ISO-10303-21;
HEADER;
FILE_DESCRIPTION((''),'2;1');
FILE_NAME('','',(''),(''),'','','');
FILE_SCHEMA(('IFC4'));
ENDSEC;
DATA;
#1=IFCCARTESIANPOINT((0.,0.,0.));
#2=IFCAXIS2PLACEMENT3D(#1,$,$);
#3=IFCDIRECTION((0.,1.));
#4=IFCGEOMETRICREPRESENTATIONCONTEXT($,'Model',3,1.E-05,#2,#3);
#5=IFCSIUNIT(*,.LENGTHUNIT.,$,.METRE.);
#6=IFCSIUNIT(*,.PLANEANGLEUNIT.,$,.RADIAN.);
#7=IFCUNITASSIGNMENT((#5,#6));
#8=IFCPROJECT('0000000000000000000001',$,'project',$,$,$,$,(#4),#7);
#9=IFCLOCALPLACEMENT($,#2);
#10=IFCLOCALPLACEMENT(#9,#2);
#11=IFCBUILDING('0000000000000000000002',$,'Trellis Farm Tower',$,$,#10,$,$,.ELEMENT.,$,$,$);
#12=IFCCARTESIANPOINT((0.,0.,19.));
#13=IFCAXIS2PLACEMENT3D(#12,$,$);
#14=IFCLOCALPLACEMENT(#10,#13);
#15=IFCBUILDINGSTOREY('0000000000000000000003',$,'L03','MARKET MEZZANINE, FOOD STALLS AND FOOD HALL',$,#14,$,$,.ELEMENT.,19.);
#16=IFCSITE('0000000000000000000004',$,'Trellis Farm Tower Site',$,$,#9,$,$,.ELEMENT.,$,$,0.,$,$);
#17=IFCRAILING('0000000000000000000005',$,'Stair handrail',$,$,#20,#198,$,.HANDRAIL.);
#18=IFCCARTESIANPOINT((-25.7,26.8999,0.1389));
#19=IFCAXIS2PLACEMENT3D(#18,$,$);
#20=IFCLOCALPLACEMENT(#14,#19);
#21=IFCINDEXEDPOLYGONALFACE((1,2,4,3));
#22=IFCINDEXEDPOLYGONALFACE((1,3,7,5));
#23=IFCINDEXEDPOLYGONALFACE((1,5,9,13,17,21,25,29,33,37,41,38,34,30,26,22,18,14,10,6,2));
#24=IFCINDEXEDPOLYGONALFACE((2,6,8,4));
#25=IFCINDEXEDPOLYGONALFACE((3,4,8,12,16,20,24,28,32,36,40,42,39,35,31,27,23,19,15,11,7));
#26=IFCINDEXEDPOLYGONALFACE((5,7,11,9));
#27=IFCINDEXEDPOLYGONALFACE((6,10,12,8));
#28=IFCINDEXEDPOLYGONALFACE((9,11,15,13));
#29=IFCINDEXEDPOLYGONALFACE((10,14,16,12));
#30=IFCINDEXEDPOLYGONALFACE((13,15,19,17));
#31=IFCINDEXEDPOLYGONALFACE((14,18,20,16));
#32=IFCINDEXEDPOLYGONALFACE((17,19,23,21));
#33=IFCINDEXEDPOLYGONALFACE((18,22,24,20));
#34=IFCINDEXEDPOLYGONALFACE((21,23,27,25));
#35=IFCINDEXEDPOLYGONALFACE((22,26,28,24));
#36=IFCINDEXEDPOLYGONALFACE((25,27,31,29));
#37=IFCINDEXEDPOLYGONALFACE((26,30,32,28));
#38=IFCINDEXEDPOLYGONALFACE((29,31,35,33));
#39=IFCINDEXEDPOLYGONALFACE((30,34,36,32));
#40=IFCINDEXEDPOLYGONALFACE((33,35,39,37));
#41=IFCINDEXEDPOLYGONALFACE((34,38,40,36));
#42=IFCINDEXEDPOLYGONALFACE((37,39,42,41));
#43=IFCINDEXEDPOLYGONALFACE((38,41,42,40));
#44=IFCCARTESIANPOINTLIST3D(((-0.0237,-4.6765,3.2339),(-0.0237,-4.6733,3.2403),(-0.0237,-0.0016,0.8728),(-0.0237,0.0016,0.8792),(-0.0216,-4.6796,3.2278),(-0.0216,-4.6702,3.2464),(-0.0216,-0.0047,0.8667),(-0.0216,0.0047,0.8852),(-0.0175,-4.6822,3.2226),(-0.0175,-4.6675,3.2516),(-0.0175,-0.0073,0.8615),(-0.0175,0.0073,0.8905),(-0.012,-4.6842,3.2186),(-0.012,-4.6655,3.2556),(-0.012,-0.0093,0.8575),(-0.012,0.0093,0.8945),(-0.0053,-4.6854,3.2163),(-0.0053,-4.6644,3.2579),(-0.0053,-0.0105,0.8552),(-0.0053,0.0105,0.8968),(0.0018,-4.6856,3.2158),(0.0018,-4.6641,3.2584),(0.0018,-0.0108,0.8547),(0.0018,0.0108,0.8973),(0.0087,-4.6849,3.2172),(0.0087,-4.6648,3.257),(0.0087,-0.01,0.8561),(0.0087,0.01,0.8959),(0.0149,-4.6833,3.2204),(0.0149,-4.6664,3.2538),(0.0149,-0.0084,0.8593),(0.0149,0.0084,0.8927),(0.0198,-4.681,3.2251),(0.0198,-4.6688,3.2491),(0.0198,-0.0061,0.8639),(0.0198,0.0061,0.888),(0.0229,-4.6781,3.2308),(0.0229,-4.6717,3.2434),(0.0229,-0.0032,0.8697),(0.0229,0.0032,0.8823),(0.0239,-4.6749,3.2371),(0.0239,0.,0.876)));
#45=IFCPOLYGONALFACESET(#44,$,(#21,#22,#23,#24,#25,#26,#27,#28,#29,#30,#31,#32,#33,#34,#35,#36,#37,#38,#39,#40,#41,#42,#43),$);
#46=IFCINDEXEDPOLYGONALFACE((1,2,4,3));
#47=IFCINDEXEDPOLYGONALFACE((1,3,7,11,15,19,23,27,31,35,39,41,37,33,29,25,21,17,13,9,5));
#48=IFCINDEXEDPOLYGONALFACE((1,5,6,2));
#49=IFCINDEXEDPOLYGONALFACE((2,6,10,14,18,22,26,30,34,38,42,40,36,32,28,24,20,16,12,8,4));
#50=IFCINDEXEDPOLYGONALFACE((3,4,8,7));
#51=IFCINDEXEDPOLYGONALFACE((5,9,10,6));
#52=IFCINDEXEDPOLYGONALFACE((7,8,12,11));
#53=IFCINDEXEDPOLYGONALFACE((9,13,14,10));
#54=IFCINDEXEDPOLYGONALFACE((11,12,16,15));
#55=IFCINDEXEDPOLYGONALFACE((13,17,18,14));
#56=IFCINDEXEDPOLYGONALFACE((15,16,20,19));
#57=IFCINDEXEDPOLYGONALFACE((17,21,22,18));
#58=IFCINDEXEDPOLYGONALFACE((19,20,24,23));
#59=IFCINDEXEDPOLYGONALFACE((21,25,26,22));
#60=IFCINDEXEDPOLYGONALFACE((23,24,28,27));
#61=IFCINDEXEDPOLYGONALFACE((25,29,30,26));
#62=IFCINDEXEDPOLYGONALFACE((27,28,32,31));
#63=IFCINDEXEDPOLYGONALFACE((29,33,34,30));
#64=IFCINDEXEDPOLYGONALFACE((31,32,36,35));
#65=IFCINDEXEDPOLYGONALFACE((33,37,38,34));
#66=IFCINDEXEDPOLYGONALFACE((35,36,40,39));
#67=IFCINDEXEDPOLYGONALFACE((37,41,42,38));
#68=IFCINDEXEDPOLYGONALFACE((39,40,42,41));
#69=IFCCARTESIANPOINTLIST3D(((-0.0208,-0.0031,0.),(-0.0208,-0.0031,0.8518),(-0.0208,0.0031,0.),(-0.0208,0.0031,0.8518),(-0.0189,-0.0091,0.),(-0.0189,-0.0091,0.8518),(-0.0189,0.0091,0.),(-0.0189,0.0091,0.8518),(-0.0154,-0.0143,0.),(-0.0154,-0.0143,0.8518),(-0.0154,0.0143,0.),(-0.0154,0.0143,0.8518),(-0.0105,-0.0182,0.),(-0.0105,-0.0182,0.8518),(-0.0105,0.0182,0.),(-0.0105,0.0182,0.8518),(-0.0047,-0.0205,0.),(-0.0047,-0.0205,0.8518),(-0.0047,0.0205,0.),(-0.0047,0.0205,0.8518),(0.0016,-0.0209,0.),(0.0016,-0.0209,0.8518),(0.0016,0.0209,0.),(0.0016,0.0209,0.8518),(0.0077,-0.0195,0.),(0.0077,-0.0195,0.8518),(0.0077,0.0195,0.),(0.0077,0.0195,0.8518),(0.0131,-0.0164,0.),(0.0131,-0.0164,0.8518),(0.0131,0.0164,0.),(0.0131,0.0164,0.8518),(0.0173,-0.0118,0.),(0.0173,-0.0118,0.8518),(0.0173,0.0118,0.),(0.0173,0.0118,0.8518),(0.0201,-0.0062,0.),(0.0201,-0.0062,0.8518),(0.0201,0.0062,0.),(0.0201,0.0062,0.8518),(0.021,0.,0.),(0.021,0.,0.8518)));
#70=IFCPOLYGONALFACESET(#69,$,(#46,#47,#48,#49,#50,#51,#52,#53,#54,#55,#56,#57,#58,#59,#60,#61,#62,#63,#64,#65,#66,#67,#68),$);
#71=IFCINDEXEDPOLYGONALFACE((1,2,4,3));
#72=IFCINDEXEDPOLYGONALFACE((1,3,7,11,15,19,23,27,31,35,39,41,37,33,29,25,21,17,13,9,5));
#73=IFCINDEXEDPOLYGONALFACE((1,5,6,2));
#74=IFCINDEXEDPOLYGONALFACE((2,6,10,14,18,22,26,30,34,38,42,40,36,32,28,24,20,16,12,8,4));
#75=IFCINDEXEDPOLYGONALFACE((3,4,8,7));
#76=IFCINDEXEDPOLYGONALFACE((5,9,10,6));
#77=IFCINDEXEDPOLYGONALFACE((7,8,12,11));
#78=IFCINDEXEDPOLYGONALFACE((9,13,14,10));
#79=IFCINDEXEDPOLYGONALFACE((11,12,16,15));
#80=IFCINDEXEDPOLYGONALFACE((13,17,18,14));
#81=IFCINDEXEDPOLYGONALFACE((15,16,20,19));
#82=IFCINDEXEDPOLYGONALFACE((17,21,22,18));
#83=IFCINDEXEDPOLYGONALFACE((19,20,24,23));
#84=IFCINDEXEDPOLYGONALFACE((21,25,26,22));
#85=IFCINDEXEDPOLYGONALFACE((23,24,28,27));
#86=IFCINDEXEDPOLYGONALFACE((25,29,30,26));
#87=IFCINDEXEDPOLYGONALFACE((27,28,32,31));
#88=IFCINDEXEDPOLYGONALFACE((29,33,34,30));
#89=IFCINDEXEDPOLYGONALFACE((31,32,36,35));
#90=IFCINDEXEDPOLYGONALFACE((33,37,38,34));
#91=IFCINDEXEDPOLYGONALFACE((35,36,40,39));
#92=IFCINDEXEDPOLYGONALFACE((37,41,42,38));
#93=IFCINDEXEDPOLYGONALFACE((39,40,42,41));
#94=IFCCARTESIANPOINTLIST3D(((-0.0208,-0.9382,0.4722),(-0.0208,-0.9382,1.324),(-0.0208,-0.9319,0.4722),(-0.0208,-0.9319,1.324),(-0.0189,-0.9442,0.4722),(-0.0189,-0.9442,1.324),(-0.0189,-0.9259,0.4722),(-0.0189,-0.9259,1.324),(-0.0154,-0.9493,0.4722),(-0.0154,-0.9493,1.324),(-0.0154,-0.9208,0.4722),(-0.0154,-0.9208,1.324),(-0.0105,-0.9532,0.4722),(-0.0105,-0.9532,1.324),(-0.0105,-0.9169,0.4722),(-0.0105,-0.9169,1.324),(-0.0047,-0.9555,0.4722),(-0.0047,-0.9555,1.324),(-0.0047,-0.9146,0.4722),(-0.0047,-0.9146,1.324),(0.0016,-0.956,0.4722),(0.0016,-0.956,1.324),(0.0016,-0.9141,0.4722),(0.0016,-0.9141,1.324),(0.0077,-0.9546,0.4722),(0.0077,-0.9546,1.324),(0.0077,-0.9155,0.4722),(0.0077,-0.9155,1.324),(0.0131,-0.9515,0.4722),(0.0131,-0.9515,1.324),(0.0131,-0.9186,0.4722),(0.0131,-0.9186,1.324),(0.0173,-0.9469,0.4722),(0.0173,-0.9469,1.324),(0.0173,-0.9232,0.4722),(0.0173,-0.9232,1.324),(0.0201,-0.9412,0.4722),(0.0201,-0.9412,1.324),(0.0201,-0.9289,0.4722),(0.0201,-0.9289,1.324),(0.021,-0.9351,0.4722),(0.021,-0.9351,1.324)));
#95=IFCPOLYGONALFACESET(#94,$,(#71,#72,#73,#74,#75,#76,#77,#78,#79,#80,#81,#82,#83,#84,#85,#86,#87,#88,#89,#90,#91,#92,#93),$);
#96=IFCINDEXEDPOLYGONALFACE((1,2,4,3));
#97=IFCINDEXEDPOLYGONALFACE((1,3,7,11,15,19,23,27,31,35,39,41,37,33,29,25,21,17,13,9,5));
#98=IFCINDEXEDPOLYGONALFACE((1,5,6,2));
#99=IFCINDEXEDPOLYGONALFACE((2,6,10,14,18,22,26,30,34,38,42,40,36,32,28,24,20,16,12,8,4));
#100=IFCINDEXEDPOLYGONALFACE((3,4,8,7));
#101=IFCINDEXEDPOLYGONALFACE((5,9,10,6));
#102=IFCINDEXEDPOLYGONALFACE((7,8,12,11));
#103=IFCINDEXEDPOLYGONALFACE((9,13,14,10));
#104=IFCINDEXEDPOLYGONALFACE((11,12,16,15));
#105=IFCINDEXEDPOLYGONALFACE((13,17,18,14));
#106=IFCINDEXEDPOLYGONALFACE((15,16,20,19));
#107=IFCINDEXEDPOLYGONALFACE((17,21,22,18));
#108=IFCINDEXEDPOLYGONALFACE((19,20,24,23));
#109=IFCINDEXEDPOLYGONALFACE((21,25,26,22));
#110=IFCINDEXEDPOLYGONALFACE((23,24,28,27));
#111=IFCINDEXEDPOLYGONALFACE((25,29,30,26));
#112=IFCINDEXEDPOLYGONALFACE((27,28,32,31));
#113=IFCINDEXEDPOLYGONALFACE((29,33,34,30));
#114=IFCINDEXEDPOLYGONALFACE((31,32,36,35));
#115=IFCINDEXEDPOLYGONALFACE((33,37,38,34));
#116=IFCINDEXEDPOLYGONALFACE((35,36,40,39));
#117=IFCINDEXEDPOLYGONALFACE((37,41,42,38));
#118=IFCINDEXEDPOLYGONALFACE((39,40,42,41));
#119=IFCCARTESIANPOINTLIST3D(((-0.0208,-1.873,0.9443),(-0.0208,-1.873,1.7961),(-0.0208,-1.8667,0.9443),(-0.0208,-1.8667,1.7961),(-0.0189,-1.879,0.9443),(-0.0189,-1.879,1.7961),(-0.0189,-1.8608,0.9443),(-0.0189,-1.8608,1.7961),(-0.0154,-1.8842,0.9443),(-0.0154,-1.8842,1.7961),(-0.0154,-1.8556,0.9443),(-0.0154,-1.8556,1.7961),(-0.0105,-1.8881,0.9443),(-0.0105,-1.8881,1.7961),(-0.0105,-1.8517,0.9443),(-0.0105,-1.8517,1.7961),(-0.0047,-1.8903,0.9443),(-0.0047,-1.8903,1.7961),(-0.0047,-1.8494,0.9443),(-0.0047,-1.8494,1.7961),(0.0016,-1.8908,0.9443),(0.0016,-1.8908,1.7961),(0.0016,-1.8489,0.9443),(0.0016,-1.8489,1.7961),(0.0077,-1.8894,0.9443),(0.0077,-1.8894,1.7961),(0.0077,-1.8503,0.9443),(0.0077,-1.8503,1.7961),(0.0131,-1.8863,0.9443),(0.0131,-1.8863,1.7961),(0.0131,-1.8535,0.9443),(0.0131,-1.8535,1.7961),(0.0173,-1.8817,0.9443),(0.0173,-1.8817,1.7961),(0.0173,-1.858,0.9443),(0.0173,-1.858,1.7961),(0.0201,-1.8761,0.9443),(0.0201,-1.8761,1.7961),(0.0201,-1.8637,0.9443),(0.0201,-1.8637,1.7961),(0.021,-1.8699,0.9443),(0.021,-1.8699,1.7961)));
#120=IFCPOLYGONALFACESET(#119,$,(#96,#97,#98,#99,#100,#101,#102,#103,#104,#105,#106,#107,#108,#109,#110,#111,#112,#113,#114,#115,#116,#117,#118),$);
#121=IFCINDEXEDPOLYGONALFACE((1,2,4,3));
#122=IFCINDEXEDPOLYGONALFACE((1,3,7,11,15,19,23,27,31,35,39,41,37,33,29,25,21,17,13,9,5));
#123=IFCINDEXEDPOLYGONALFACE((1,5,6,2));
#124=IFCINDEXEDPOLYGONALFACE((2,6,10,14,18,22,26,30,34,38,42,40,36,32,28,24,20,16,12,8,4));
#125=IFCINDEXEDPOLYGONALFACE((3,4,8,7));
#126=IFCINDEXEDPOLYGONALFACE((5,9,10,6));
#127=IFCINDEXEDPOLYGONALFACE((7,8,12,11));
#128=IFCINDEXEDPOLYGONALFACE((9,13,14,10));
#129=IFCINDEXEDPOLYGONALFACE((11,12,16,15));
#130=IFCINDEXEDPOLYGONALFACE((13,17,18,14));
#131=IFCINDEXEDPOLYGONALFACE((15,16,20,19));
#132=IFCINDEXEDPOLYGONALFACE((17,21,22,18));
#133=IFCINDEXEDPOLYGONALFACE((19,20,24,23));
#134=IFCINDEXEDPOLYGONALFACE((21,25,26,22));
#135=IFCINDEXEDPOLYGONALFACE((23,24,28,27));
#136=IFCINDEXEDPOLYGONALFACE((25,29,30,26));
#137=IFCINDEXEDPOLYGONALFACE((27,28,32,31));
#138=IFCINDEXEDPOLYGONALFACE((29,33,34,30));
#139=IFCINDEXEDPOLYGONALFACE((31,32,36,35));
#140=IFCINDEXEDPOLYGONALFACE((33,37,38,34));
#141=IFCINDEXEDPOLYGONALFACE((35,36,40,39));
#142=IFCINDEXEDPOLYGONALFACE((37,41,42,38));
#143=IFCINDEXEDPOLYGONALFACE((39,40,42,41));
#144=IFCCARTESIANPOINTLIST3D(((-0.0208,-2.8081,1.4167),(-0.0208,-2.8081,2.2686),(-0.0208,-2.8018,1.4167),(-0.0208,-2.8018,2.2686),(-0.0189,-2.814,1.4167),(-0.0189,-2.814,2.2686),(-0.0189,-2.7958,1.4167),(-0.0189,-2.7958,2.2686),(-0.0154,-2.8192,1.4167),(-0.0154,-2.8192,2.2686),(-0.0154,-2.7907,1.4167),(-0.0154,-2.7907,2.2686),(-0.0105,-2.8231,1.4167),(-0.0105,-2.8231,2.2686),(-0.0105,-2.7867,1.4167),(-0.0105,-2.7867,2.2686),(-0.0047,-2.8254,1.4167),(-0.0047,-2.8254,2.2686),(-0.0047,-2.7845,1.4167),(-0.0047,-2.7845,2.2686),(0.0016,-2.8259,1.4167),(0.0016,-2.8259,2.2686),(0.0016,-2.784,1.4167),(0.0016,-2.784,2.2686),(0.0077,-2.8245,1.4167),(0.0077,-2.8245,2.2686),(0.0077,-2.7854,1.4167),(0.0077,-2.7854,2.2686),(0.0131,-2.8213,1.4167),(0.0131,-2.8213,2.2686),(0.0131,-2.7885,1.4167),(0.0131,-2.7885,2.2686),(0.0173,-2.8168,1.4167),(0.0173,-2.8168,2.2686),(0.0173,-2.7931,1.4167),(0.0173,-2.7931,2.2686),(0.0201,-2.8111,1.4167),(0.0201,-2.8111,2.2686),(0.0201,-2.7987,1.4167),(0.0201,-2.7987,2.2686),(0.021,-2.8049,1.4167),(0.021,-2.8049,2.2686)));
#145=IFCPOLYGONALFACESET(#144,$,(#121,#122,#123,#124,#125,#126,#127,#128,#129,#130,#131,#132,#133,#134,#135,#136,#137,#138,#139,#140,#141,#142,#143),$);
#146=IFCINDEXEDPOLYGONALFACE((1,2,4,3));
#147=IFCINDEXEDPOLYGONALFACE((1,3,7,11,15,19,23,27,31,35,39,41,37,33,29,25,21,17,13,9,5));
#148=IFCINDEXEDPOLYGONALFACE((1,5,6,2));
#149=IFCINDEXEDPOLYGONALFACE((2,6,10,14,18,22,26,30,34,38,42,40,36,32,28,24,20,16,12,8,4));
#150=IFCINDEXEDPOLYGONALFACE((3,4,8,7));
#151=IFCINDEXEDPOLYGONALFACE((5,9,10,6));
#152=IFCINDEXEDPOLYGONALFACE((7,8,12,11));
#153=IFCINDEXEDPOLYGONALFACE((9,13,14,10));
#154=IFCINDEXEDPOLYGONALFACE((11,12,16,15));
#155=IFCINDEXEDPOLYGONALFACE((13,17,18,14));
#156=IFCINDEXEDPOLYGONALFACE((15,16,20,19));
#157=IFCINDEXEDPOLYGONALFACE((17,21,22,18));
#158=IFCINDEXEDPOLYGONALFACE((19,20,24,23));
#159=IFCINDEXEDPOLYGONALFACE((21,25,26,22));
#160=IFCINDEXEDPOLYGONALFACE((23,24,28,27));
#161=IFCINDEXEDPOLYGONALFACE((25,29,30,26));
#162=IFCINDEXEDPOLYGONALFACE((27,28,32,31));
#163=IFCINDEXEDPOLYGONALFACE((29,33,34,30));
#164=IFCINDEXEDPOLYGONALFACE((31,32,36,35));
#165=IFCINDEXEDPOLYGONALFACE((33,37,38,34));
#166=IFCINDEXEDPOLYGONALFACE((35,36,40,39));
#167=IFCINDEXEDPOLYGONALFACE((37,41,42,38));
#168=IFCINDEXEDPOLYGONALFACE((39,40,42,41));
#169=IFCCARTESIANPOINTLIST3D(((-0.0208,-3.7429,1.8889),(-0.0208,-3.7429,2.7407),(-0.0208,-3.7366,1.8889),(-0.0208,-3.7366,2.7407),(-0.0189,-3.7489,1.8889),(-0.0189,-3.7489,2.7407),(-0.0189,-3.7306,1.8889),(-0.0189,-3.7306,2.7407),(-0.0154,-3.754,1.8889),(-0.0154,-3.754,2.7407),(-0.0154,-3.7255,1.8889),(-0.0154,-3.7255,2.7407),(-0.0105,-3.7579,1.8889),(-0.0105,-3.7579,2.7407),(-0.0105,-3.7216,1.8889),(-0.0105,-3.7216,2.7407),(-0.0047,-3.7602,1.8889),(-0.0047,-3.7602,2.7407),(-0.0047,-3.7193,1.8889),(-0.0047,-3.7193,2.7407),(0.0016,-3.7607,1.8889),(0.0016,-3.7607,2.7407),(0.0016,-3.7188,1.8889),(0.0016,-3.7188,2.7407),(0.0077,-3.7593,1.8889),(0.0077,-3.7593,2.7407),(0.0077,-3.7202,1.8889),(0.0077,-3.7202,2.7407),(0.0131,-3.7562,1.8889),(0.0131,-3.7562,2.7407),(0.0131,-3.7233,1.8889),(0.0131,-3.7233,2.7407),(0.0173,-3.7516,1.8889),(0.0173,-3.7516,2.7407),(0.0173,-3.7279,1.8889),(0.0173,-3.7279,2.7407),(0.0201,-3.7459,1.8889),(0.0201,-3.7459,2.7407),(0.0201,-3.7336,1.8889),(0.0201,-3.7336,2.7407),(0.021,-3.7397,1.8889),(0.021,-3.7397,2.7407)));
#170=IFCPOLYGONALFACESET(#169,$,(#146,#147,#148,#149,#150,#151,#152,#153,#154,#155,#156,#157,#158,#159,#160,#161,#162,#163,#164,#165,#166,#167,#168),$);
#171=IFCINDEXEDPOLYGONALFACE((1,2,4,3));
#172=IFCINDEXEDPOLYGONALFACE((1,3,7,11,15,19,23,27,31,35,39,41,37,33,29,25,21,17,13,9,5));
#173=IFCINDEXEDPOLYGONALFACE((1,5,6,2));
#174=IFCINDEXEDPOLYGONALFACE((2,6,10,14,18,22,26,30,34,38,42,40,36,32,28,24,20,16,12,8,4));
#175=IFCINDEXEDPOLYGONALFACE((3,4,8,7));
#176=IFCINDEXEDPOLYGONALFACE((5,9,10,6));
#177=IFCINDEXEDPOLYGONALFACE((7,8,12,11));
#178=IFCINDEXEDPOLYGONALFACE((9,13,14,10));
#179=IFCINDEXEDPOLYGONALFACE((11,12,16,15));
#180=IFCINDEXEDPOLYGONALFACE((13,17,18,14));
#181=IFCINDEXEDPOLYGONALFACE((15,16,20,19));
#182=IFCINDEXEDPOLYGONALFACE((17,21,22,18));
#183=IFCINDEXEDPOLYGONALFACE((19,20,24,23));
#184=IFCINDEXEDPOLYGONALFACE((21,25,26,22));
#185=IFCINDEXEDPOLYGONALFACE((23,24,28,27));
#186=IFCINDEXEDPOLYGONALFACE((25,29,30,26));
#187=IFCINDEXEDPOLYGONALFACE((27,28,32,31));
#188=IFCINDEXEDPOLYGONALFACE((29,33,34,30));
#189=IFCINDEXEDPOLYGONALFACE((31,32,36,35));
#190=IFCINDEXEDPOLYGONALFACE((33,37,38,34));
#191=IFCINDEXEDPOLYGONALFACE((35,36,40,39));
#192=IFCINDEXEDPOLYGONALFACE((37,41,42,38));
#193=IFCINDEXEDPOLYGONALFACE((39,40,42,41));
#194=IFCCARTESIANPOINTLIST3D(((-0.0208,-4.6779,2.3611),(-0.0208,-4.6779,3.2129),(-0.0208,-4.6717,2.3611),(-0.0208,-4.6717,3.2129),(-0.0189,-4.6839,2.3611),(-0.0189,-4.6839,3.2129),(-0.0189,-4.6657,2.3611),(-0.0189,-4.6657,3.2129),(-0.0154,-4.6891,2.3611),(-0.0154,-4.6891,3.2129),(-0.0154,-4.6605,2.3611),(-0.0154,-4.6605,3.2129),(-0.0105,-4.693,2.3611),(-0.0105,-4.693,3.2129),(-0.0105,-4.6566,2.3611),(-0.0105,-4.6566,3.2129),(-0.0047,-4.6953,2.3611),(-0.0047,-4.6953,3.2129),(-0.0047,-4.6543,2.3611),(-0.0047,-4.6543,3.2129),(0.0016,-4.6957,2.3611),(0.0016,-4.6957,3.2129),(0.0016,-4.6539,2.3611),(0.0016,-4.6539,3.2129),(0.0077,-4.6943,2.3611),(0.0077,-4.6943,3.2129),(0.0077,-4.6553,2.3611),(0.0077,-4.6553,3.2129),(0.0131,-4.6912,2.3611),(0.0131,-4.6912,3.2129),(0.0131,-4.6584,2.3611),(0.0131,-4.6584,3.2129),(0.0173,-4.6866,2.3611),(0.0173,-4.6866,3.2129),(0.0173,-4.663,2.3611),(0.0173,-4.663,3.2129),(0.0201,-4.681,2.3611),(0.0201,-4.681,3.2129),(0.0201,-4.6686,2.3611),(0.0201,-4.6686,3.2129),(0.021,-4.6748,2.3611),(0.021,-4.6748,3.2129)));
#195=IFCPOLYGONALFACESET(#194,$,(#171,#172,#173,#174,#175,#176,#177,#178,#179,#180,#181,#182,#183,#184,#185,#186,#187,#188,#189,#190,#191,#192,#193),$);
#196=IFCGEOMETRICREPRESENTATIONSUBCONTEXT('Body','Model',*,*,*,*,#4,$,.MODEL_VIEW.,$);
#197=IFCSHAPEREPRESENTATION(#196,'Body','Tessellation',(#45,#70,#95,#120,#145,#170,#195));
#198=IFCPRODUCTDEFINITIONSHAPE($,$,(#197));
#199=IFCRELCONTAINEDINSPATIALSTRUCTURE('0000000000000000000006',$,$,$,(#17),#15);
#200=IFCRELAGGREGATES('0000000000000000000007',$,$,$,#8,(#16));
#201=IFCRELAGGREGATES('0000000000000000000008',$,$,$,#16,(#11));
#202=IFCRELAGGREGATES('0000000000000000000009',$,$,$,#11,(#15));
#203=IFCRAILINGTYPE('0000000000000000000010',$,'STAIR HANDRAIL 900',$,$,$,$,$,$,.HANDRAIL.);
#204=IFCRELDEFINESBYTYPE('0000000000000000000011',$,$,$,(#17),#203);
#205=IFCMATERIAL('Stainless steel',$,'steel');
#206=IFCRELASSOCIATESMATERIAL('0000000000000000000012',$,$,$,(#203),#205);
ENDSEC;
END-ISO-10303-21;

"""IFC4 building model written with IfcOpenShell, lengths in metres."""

from ifc_helpers import new_model, si_unit, direction, frame, origin, origin_2d, place, context, subcontext, project, spatial, circle, extrude, source, transform, mapped, material, type_object, element, save


model = new_model("IFC4")

# Units and contexts
model_context = context("Model", 3, precision=1e-05, world=origin(), true_north=direction((0.0, 1.0)))
body_context = subcontext(model_context, "Body", "Model", "MODEL_VIEW")
ifc_project = project(units=[si_unit("LENGTHUNIT", "METRE"), si_unit("PLANEANGLEUNIT", "RADIAN")], contexts=[model_context])

# Site, building, storey
site_placement = place(None, origin())
site = spatial("IfcSite", under=ifc_project, at=site_placement, Name="Trellis Farm Tower Site", CompositionType="ELEMENT", RefElevation=0.0)
building_placement = place(site_placement, origin())
building = spatial("IfcBuilding", under=site, at=building_placement, Name="Trellis Farm Tower", CompositionType="ELEMENT")
storey_placement = place(building_placement, frame((0.0, 0.0, 19.0)))
storey = spatial("IfcBuildingStorey", under=building, at=storey_placement, Name="L03", Description="MARKET MEZZANINE, FOOD STALLS AND FOOD HALL", CompositionType="ELEMENT", Elevation=19.0)

# Railing
ifc_material_1 = material(Name="Stainless steel", Category="steel")
railing_type = type_object("IfcRailingType", Name="STAIR HANDRAIL 900", PredefinedType="HANDRAIL", material=ifc_material_1)
shared_shape_1 = source(origin(), body_context, "Body", "SweptSolid", [
    extrude(circle(Radius=0.0239, at=origin_2d()), frame((0.0, 0.0, 0.876), z_axis=(0.0, -0.892611, 0.450827), x_axis=(1.0, 0.0, 0.0)), (0.0, 0.0, 1.0), 5.2373),
    extrude(circle(Radius=0.021, at=origin_2d()), origin(), (0.0, 0.0, 1.0), 0.8518),
    extrude(circle(Radius=0.021, at=origin_2d()), frame((0.0, -0.9351, 0.4722)), (0.0, 0.0, 1.0), 0.8518),
    extrude(circle(Radius=0.021, at=origin_2d()), frame((0.0, -1.8699, 0.9443)), (0.0, 0.0, 1.0), 0.8518),
    extrude(circle(Radius=0.021, at=origin_2d()), frame((0.0, -2.8049, 1.4167)), (0.0, 0.0, 1.0), 0.8518),
    extrude(circle(Radius=0.021, at=origin_2d()), frame((0.0, -3.7397, 1.8889)), (0.0, 0.0, 1.0), 0.8518),
    extrude(circle(Radius=0.021, at=origin_2d()), frame((0.0, -4.6748, 2.3611)), (0.0, 0.0, 1.0), 0.8518),
])
railing_placement = place(storey_placement, frame((-25.7, 26.8999, 0.1389)))
element("IfcRailing", 1, at=railing_placement, inside=storey, type_object=railing_type, Name="Stair handrail", PredefinedType="HANDRAIL", context=body_context, shape_type="MappedRepresentation", body=[
    mapped(shared_shape_1, transform((0.0, 0.0, 0.0))),
])

save(model, "model.ifc")
